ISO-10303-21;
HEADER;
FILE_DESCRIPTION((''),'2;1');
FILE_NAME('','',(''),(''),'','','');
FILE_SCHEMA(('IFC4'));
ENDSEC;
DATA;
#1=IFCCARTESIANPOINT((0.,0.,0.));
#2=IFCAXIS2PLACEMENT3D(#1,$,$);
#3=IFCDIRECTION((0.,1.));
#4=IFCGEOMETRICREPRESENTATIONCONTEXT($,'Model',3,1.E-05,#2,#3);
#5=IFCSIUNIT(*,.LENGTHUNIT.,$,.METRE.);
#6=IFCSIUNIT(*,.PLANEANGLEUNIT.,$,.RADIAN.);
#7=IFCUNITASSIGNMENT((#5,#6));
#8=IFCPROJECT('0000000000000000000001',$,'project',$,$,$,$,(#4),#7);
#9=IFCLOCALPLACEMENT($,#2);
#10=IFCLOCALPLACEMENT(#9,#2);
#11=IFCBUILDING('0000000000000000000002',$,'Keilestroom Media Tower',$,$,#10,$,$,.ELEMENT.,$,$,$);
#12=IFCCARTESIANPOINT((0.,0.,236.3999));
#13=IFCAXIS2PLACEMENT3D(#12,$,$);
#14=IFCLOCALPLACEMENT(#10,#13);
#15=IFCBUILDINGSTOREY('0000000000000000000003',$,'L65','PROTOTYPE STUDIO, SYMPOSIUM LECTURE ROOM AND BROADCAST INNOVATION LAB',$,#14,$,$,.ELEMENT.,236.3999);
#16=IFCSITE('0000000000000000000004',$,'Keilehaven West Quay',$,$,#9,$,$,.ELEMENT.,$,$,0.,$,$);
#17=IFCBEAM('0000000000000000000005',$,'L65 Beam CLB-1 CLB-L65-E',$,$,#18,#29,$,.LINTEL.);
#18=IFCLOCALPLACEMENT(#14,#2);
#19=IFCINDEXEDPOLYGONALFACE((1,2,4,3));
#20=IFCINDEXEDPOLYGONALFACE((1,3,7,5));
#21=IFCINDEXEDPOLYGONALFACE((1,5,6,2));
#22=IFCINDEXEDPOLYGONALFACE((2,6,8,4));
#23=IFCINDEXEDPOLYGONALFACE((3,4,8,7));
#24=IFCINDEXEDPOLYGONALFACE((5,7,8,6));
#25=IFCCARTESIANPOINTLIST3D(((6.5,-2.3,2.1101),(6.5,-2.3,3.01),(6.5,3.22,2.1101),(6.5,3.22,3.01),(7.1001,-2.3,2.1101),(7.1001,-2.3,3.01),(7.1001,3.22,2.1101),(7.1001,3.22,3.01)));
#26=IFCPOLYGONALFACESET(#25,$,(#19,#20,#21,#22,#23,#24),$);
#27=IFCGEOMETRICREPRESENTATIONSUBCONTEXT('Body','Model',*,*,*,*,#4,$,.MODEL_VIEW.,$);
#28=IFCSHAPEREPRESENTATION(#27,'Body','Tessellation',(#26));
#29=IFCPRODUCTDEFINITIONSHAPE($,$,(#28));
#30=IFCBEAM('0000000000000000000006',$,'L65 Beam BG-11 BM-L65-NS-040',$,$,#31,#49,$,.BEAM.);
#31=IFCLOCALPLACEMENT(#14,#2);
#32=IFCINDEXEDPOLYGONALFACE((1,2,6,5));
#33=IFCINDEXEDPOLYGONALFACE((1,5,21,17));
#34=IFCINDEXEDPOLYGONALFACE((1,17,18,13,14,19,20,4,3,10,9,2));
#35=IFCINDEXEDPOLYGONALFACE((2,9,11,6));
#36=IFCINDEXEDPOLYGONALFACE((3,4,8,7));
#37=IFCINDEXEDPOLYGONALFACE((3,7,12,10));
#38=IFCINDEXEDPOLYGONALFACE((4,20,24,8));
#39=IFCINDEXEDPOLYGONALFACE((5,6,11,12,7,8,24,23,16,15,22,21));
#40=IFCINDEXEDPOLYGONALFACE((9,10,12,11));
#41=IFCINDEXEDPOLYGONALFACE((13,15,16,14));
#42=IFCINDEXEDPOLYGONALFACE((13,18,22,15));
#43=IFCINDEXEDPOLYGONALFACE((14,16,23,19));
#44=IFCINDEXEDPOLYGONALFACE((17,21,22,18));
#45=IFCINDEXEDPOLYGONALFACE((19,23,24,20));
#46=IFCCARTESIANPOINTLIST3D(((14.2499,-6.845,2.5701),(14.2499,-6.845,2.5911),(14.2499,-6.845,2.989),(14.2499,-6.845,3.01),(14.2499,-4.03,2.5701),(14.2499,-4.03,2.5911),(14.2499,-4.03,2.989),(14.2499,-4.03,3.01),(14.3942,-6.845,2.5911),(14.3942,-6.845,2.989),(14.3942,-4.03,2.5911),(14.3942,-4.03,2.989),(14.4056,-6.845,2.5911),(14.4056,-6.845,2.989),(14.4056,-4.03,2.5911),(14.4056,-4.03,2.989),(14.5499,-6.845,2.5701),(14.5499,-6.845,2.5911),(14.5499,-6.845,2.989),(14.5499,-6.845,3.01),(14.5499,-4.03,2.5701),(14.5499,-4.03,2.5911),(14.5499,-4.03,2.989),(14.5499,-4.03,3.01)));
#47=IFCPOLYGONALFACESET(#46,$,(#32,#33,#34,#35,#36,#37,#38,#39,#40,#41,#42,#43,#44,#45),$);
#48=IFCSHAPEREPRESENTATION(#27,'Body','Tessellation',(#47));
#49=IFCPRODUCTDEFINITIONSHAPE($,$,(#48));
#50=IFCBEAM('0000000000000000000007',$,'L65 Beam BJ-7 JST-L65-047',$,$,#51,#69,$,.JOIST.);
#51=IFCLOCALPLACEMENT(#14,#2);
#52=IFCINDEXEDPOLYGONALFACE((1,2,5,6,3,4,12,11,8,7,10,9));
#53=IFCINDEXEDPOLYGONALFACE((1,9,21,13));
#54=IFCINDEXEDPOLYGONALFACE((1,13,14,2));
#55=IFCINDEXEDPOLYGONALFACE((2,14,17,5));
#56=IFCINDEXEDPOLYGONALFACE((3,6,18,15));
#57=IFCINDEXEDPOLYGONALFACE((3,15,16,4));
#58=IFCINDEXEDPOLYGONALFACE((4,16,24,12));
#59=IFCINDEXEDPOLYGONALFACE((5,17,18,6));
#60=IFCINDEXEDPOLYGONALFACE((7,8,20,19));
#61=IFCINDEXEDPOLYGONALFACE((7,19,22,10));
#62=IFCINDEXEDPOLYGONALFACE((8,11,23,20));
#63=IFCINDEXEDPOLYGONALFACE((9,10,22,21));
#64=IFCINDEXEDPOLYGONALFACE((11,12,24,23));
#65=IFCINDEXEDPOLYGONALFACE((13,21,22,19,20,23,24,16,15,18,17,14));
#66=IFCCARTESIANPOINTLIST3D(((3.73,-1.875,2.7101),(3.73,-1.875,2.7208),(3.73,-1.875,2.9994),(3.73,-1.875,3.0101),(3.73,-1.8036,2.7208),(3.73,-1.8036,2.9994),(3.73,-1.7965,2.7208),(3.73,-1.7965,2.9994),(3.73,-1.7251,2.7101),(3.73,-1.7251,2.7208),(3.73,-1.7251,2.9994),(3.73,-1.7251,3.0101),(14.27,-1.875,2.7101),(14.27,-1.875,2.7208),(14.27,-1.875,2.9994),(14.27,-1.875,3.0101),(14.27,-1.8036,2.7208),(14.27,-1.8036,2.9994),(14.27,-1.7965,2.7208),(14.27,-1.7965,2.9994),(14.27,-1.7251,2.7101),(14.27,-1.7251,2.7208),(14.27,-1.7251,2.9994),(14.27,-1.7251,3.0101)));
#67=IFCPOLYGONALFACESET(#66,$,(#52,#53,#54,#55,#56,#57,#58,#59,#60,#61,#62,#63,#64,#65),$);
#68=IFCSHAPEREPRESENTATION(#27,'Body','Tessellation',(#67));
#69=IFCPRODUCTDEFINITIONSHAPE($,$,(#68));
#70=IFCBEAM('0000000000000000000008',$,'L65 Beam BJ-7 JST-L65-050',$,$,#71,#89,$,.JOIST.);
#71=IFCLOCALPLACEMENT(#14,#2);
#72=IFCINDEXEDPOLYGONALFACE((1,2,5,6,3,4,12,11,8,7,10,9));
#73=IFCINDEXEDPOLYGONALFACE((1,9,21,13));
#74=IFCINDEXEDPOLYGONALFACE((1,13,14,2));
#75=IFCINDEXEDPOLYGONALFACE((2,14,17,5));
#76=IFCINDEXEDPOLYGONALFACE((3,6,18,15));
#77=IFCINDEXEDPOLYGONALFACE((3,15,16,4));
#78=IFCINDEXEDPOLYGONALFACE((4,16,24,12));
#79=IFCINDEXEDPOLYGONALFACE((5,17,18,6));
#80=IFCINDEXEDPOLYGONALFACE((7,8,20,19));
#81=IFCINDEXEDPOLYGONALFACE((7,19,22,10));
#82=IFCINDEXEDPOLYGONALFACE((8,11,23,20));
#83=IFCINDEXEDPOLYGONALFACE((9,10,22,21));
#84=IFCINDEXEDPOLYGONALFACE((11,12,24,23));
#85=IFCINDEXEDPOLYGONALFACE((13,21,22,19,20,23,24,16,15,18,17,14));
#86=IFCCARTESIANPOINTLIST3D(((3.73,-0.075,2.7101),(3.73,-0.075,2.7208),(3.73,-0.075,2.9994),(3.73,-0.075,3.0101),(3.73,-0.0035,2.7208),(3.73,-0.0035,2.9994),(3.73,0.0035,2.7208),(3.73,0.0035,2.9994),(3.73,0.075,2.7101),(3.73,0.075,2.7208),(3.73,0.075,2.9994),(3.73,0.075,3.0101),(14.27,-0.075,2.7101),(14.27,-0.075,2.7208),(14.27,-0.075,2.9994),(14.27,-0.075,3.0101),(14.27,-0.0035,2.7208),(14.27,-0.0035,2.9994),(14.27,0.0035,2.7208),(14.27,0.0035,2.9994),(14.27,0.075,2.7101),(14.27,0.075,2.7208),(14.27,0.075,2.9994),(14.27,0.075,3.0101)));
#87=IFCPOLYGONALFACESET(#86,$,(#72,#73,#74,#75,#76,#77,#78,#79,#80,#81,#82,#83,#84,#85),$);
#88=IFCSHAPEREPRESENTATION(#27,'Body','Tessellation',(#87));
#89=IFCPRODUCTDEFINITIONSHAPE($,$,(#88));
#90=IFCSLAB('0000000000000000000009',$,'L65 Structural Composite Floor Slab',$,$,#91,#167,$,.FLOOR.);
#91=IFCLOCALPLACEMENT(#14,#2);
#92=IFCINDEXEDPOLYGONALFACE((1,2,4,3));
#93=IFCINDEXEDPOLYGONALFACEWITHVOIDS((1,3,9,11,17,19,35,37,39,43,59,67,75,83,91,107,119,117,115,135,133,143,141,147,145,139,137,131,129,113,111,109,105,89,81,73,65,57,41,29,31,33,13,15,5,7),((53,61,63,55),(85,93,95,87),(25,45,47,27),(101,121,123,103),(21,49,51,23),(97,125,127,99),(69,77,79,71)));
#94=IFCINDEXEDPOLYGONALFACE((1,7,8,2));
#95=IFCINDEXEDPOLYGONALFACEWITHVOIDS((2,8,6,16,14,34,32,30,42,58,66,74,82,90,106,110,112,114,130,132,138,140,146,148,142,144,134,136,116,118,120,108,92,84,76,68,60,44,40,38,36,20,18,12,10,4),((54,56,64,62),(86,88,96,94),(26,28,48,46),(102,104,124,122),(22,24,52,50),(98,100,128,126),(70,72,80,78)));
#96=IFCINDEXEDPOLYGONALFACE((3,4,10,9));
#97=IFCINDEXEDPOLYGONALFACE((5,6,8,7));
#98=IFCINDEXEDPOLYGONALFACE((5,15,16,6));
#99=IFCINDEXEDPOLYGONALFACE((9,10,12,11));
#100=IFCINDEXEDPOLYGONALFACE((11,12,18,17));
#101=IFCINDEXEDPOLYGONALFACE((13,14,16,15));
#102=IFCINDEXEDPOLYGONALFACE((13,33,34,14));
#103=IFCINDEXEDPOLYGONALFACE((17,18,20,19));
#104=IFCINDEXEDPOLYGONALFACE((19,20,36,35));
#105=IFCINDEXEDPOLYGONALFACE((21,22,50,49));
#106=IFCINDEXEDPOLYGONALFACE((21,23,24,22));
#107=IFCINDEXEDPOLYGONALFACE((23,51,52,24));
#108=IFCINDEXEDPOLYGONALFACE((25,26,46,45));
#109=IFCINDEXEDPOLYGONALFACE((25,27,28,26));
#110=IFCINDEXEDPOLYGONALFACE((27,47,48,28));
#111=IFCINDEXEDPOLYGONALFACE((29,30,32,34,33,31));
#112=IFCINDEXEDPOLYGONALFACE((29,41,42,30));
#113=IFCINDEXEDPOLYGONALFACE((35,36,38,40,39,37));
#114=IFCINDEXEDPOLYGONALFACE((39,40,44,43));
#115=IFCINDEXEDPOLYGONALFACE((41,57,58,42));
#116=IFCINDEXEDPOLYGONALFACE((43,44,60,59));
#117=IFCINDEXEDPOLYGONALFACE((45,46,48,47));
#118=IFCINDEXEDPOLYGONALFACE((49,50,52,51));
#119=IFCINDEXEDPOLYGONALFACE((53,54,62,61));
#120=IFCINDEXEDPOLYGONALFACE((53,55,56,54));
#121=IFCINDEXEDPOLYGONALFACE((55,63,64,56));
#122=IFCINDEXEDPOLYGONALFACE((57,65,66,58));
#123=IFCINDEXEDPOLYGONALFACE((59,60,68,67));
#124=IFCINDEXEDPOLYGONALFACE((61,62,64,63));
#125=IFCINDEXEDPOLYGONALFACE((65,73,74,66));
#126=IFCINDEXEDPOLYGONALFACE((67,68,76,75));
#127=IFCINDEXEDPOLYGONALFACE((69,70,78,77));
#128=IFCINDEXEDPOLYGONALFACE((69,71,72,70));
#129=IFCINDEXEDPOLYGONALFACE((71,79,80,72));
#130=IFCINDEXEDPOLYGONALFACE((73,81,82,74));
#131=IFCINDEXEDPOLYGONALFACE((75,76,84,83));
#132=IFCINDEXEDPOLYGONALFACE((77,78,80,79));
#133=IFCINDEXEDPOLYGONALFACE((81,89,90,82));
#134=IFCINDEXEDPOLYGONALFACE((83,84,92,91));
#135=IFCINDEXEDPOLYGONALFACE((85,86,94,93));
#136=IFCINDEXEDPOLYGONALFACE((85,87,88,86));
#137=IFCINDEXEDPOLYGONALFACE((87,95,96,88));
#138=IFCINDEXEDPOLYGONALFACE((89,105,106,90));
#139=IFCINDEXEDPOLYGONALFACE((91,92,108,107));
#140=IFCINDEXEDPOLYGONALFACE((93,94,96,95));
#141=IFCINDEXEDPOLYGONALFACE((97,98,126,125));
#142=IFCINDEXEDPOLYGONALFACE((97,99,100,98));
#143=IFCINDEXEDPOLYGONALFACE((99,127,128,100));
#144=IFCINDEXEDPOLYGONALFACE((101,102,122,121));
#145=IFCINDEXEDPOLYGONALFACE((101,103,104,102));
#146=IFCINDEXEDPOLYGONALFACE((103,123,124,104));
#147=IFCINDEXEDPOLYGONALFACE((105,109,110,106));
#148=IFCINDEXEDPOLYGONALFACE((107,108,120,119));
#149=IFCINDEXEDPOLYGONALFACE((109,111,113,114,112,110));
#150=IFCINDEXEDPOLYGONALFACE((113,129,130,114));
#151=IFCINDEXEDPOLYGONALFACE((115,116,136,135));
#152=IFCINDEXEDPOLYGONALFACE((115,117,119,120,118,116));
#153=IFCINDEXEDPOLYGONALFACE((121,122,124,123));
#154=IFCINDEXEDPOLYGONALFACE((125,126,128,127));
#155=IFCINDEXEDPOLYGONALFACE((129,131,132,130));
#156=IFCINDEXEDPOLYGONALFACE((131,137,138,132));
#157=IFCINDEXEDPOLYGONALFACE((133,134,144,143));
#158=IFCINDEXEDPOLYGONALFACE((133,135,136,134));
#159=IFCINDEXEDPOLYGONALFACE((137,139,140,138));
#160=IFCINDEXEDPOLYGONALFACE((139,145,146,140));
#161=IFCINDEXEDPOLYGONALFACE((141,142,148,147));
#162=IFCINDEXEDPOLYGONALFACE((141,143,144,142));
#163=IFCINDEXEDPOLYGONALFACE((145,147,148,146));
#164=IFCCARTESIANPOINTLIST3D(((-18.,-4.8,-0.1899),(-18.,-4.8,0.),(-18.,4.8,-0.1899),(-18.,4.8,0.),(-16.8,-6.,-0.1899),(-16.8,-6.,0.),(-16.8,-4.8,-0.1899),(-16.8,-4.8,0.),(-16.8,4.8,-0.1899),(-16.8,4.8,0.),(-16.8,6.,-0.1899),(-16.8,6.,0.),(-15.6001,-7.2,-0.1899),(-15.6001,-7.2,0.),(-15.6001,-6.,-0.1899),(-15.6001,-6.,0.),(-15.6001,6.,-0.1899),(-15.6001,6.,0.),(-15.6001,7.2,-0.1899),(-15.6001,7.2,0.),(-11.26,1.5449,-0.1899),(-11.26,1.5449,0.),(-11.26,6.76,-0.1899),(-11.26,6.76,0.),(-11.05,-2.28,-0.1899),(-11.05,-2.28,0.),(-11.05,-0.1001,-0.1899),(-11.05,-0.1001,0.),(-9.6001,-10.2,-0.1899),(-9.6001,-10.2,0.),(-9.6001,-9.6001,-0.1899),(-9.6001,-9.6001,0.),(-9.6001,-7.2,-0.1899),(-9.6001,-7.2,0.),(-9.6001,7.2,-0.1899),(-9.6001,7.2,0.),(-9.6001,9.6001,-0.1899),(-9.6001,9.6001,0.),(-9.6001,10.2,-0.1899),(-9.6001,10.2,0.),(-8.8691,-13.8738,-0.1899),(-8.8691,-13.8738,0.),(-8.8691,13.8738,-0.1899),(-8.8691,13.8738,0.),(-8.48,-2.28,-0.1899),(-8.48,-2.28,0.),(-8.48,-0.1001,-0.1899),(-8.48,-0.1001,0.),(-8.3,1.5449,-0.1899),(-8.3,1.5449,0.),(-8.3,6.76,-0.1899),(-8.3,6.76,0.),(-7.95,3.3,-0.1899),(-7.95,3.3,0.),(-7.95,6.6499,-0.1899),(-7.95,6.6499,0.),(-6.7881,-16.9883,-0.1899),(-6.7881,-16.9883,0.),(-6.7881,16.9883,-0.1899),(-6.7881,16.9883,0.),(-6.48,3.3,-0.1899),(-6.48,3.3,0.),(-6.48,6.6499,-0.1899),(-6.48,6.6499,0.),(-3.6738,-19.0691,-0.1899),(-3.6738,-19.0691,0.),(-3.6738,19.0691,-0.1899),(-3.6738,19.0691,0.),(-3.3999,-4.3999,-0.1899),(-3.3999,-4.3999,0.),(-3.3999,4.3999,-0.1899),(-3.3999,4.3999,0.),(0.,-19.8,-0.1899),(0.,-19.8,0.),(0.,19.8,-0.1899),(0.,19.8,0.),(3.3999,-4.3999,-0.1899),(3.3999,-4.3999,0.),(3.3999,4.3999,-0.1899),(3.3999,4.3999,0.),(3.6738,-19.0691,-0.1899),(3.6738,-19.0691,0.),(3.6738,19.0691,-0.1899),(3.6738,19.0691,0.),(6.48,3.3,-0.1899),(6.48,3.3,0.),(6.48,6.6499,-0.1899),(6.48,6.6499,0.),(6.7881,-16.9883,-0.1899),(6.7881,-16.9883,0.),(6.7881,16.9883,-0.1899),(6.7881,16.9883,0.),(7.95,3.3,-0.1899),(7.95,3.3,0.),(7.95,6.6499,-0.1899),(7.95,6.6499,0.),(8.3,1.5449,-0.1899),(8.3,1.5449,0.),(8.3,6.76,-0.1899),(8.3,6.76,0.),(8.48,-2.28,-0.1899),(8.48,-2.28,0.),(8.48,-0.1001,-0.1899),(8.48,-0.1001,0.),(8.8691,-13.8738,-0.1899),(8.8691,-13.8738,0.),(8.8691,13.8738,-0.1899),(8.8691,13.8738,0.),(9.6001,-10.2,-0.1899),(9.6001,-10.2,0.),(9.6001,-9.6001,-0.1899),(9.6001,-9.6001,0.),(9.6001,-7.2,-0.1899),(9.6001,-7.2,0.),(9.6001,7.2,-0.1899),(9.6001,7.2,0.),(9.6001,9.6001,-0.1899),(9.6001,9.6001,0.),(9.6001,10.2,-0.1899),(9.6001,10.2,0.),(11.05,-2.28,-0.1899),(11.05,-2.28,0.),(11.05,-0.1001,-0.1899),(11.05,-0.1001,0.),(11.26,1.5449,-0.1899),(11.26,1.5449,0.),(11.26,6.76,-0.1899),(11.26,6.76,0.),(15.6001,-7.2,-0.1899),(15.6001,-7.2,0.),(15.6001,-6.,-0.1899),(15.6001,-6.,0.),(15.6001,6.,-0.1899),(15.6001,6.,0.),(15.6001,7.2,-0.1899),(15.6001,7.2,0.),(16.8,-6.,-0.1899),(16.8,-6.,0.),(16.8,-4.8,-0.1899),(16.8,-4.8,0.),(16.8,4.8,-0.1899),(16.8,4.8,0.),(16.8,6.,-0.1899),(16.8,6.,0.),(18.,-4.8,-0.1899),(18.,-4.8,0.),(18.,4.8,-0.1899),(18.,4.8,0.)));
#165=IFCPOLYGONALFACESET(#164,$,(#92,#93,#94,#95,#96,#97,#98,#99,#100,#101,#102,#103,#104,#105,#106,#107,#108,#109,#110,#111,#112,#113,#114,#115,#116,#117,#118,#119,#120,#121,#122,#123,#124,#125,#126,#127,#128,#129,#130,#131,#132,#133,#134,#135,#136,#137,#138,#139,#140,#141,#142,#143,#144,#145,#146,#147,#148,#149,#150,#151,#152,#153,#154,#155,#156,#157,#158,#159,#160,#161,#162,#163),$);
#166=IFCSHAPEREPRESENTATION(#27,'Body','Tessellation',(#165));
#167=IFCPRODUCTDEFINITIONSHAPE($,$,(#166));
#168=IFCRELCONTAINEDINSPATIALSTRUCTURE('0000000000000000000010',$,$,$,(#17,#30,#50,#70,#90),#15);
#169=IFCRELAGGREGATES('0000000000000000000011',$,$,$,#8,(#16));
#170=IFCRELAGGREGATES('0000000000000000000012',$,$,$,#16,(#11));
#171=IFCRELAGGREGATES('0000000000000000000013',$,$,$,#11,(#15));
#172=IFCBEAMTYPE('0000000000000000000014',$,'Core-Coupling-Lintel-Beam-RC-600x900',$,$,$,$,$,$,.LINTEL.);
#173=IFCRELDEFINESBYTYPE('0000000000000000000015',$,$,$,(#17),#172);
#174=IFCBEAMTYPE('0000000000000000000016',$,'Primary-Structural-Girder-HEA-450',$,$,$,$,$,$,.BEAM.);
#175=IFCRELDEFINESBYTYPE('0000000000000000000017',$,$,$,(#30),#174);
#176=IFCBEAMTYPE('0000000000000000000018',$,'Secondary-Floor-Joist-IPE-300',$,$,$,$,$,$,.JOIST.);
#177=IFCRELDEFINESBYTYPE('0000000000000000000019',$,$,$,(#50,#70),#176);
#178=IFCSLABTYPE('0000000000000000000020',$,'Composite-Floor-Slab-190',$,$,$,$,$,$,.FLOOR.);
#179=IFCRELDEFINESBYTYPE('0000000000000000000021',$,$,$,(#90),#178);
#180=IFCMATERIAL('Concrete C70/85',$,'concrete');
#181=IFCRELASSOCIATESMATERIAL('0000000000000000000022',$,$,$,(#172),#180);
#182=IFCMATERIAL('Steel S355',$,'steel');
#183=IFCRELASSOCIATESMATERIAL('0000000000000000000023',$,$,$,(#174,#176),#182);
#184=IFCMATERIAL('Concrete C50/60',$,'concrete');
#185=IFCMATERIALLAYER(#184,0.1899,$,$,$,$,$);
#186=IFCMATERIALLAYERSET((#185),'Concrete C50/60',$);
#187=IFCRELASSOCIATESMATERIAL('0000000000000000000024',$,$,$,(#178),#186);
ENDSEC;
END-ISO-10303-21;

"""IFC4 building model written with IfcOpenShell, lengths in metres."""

from ifc_helpers import new_model, si_unit, direction, frame, origin, origin_2d, place, context, subcontext, project, spatial, polyline, rectangle, i_section, outline, extrude, source, transform, mapped, material, layer, layer_set, material_profile, profile_set, type_object, element, save


model = new_model("IFC4")

# Units and contexts
model_context = context("Model", 3, precision=1e-05, world=origin(), true_north=direction((0.0, 1.0)))
body_context = subcontext(model_context, "Body", "Model", "MODEL_VIEW")
ifc_project = project(units=[si_unit("LENGTHUNIT", "METRE"), si_unit("PLANEANGLEUNIT", "RADIAN")], contexts=[model_context])

# Site, building, storey
site_placement = place(None, origin())
site = spatial("IfcSite", under=ifc_project, at=site_placement, Name="Keilehaven West Quay", CompositionType="ELEMENT", RefElevation=0.0)
building_placement = place(site_placement, origin())
building = spatial("IfcBuilding", under=site, at=building_placement, Name="Keilestroom Media Tower", CompositionType="ELEMENT")
storey_placement = place(building_placement, frame((0.0, 0.0, 236.3999)))
storey = spatial("IfcBuildingStorey", under=building, at=storey_placement, Name="L65", Description="PROTOTYPE STUDIO, SYMPOSIUM LECTURE ROOM AND BROADCAST INNOVATION LAB", CompositionType="ELEMENT", Elevation=236.3999)

# Beams
ifc_material_1 = material(Name="Concrete C70/85", Category="concrete")
ifc_material_profile_1 = material_profile(ifc_material_1, rectangle(XDim=0.6001, YDim=0.8999, at=origin_2d()), Name="RC 600x900")
ifc_profile_set_1 = profile_set([ifc_material_profile_1], Name="Concrete C70/85")
beam_type_1 = type_object("IfcBeamType", Name="Core-Coupling-Lintel-Beam-RC-600x900", PredefinedType="LINTEL", material=ifc_profile_set_1)
shared_shape_1 = source(origin(), body_context, "Body", "SweptSolid", [
    extrude(rectangle(XDim=0.6001, YDim=0.8999, at=origin_2d()), origin(), (0.0, 0.0, 1.0), 5.52),
])
beam_1_placement = place(storey_placement, frame((6.8, -2.3, 2.5601), z_axis=(0.0, 1.0, 0.0), x_axis=(-1.0, 0.0, 0.0)))
element("IfcBeam", 1, at=beam_1_placement, inside=storey, type_object=beam_type_1, Name="L65 Beam CLB-1 CLB-L65-E", PredefinedType="LINTEL", context=body_context, shape_type="MappedRepresentation", body=[
    mapped(shared_shape_1, transform((0.0, 0.0, 0.0), x_axis=(1.0, 0.0, 0.0), y_axis=(0.0, 1.0, 0.0), z_axis=(0.0, 0.0, 1.0), scale=1.0)),
])
ifc_material_2 = material(Name="Steel S355", Category="steel")
ifc_material_profile_2 = material_profile(ifc_material_2, i_section(OverallWidth=0.3, OverallDepth=0.4399, WebThickness=0.0115, FlangeThickness=0.021, at=origin_2d()), Name="HEA 450")
ifc_profile_set_2 = profile_set([ifc_material_profile_2], Name="Steel S355")
beam_type_2 = type_object("IfcBeamType", Name="Primary-Structural-Girder-HEA-450", PredefinedType="BEAM", material=ifc_profile_set_2)
shared_shape_2 = source(origin(), body_context, "Body", "SweptSolid", [
    extrude(i_section(OverallWidth=0.3, OverallDepth=0.4399, WebThickness=0.0115, FlangeThickness=0.021, at=origin_2d()), origin(), (0.0, 0.0, 1.0), 2.8149),
])
beam_2_placement = place(storey_placement, frame((14.3999, -6.845, 2.79), z_axis=(0.0, 1.0, 0.0), x_axis=(-1.0, 0.0, 0.0)))
element("IfcBeam", 2, at=beam_2_placement, inside=storey, type_object=beam_type_2, Name="L65 Beam BG-11 BM-L65-NS-040", PredefinedType="BEAM", context=body_context, shape_type="MappedRepresentation", body=[
    mapped(shared_shape_2, transform((0.0, 0.0, 0.0), x_axis=(1.0, 0.0, 0.0), y_axis=(0.0, 1.0, 0.0), z_axis=(0.0, 0.0, 1.0), scale=1.0)),
])
ifc_material_profile_3 = material_profile(ifc_material_2, i_section(OverallWidth=0.1499, OverallDepth=0.3, WebThickness=0.0071, FlangeThickness=0.0107, at=origin_2d()), Name="IPE 300")
ifc_profile_set_3 = profile_set([ifc_material_profile_3], Name="Steel S355")
beam_type_3 = type_object("IfcBeamType", Name="Secondary-Floor-Joist-IPE-300", PredefinedType="JOIST", material=ifc_profile_set_3)
shared_shape_3 = source(origin(), body_context, "Body", "SweptSolid", [
    extrude(i_section(OverallWidth=0.1499, OverallDepth=0.3, WebThickness=0.0071, FlangeThickness=0.0107, at=origin_2d()), origin(), (0.0, 0.0, 1.0), 10.54),
])
for number, where, z_axis, x_axis, name in (
    (3, (3.73, -1.8, 2.8601), (1.0, 0.0, 0.0), (0.0, 1.0, 0.0), "L65 Beam BJ-7 JST-L65-047"),
    (4, (3.73, 0.0, 2.8601), (1.0, 0.0, 0.0), (0.0, 1.0, 0.0), "L65 Beam BJ-7 JST-L65-050"),
):
    element("IfcBeam", number, at=place(storey_placement, frame(where, z_axis=z_axis, x_axis=x_axis)), inside=storey, type_object=beam_type_3, Name=name, PredefinedType="JOIST", context=body_context, shape_type="MappedRepresentation", body=[
        mapped(shared_shape_3, transform((0.0, 0.0, 0.0), x_axis=(1.0, 0.0, 0.0), y_axis=(0.0, 1.0, 0.0), z_axis=(0.0, 0.0, 1.0), scale=1.0)),
    ])

# Slab
ifc_material_3 = material(Name="Concrete C50/60", Category="concrete")
ifc_layer_1 = layer(ifc_material_3, 0.1899)
ifc_layer_set_1 = layer_set([ifc_layer_1], Name="Concrete C50/60")
slab_type = type_object("IfcSlabType", Name="Composite-Floor-Slab-190", PredefinedType="FLOOR", material=ifc_layer_set_1)
slab_placement = place(storey_placement, frame((0.0, 0.0, -0.1899)))
element("IfcSlab", 5, at=slab_placement, inside=storey, type_object=slab_type, Name="L65 Structural Composite Floor Slab", PredefinedType="FLOOR", context=body_context, shape_type="SweptSolid", body=[
    extrude(outline(polyline([(18.0, -4.8), (18.0, 4.8), (16.8, 4.8), (16.8, 6.0), (15.6001, 6.0), (15.6001, 7.2), (9.6001, 7.2), (9.6001, 9.6001), (9.6001, 10.2), (8.8691, 13.8738), (6.7881, 16.9883), (3.6738, 19.0691), (0.0, 19.8), (-3.6738, 19.0691), (-6.7881, 16.9883), (-8.8691, 13.8738), (-9.6001, 10.2), (-9.6001, 9.6001), (-9.6001, 7.2), (-15.6001, 7.2), (-15.6001, 6.0), (-16.8, 6.0), (-16.8, 4.8), (-18.0, 4.8), (-18.0, -4.8), (-16.8, -4.8), (-16.8, -6.0), (-15.6001, -6.0), (-15.6001, -7.2), (-9.6001, -7.2), (-9.6001, -9.6001), (-9.6001, -10.2), (-8.8691, -13.8738), (-6.7881, -16.9883), (-3.6738, -19.0691), (0.0, -19.8), (3.6738, -19.0691), (6.7881, -16.9883), (8.8691, -13.8738), (9.6001, -10.2), (9.6001, -9.6001), (9.6001, -7.2), (15.6001, -7.2), (15.6001, -6.0), (16.8, -6.0), (16.8, -4.8), (18.0, -4.8)]), holes=[polyline([(-8.3, 1.5449), (-11.26, 1.5449), (-11.26, 6.76), (-8.3, 6.76), (-8.3, 1.5449)]), polyline([(-8.48, -2.28), (-11.05, -2.28), (-11.05, -0.1001), (-8.48, -0.1001), (-8.48, -2.28)]), polyline([(-6.48, 3.3), (-7.95, 3.3), (-7.95, 6.6499), (-6.48, 6.6499), (-6.48, 3.3)]), polyline([(3.3999, -4.3999), (-3.3999, -4.3999), (-3.3999, 4.3999), (3.3999, 4.3999), (3.3999, -4.3999)]), polyline([(7.95, 3.3), (6.48, 3.3), (6.48, 6.6499), (7.95, 6.6499), (7.95, 3.3)]), polyline([(11.26, 1.5449), (8.3, 1.5449), (8.3, 6.76), (11.26, 6.76), (11.26, 1.5449)]), polyline([(11.05, -2.28), (8.48, -2.28), (8.48, -0.1001), (11.05, -0.1001), (11.05, -2.28)])]), origin(), (0.0, 0.0, 1.0), 0.1899),
])

save(model, "model.ifc")
